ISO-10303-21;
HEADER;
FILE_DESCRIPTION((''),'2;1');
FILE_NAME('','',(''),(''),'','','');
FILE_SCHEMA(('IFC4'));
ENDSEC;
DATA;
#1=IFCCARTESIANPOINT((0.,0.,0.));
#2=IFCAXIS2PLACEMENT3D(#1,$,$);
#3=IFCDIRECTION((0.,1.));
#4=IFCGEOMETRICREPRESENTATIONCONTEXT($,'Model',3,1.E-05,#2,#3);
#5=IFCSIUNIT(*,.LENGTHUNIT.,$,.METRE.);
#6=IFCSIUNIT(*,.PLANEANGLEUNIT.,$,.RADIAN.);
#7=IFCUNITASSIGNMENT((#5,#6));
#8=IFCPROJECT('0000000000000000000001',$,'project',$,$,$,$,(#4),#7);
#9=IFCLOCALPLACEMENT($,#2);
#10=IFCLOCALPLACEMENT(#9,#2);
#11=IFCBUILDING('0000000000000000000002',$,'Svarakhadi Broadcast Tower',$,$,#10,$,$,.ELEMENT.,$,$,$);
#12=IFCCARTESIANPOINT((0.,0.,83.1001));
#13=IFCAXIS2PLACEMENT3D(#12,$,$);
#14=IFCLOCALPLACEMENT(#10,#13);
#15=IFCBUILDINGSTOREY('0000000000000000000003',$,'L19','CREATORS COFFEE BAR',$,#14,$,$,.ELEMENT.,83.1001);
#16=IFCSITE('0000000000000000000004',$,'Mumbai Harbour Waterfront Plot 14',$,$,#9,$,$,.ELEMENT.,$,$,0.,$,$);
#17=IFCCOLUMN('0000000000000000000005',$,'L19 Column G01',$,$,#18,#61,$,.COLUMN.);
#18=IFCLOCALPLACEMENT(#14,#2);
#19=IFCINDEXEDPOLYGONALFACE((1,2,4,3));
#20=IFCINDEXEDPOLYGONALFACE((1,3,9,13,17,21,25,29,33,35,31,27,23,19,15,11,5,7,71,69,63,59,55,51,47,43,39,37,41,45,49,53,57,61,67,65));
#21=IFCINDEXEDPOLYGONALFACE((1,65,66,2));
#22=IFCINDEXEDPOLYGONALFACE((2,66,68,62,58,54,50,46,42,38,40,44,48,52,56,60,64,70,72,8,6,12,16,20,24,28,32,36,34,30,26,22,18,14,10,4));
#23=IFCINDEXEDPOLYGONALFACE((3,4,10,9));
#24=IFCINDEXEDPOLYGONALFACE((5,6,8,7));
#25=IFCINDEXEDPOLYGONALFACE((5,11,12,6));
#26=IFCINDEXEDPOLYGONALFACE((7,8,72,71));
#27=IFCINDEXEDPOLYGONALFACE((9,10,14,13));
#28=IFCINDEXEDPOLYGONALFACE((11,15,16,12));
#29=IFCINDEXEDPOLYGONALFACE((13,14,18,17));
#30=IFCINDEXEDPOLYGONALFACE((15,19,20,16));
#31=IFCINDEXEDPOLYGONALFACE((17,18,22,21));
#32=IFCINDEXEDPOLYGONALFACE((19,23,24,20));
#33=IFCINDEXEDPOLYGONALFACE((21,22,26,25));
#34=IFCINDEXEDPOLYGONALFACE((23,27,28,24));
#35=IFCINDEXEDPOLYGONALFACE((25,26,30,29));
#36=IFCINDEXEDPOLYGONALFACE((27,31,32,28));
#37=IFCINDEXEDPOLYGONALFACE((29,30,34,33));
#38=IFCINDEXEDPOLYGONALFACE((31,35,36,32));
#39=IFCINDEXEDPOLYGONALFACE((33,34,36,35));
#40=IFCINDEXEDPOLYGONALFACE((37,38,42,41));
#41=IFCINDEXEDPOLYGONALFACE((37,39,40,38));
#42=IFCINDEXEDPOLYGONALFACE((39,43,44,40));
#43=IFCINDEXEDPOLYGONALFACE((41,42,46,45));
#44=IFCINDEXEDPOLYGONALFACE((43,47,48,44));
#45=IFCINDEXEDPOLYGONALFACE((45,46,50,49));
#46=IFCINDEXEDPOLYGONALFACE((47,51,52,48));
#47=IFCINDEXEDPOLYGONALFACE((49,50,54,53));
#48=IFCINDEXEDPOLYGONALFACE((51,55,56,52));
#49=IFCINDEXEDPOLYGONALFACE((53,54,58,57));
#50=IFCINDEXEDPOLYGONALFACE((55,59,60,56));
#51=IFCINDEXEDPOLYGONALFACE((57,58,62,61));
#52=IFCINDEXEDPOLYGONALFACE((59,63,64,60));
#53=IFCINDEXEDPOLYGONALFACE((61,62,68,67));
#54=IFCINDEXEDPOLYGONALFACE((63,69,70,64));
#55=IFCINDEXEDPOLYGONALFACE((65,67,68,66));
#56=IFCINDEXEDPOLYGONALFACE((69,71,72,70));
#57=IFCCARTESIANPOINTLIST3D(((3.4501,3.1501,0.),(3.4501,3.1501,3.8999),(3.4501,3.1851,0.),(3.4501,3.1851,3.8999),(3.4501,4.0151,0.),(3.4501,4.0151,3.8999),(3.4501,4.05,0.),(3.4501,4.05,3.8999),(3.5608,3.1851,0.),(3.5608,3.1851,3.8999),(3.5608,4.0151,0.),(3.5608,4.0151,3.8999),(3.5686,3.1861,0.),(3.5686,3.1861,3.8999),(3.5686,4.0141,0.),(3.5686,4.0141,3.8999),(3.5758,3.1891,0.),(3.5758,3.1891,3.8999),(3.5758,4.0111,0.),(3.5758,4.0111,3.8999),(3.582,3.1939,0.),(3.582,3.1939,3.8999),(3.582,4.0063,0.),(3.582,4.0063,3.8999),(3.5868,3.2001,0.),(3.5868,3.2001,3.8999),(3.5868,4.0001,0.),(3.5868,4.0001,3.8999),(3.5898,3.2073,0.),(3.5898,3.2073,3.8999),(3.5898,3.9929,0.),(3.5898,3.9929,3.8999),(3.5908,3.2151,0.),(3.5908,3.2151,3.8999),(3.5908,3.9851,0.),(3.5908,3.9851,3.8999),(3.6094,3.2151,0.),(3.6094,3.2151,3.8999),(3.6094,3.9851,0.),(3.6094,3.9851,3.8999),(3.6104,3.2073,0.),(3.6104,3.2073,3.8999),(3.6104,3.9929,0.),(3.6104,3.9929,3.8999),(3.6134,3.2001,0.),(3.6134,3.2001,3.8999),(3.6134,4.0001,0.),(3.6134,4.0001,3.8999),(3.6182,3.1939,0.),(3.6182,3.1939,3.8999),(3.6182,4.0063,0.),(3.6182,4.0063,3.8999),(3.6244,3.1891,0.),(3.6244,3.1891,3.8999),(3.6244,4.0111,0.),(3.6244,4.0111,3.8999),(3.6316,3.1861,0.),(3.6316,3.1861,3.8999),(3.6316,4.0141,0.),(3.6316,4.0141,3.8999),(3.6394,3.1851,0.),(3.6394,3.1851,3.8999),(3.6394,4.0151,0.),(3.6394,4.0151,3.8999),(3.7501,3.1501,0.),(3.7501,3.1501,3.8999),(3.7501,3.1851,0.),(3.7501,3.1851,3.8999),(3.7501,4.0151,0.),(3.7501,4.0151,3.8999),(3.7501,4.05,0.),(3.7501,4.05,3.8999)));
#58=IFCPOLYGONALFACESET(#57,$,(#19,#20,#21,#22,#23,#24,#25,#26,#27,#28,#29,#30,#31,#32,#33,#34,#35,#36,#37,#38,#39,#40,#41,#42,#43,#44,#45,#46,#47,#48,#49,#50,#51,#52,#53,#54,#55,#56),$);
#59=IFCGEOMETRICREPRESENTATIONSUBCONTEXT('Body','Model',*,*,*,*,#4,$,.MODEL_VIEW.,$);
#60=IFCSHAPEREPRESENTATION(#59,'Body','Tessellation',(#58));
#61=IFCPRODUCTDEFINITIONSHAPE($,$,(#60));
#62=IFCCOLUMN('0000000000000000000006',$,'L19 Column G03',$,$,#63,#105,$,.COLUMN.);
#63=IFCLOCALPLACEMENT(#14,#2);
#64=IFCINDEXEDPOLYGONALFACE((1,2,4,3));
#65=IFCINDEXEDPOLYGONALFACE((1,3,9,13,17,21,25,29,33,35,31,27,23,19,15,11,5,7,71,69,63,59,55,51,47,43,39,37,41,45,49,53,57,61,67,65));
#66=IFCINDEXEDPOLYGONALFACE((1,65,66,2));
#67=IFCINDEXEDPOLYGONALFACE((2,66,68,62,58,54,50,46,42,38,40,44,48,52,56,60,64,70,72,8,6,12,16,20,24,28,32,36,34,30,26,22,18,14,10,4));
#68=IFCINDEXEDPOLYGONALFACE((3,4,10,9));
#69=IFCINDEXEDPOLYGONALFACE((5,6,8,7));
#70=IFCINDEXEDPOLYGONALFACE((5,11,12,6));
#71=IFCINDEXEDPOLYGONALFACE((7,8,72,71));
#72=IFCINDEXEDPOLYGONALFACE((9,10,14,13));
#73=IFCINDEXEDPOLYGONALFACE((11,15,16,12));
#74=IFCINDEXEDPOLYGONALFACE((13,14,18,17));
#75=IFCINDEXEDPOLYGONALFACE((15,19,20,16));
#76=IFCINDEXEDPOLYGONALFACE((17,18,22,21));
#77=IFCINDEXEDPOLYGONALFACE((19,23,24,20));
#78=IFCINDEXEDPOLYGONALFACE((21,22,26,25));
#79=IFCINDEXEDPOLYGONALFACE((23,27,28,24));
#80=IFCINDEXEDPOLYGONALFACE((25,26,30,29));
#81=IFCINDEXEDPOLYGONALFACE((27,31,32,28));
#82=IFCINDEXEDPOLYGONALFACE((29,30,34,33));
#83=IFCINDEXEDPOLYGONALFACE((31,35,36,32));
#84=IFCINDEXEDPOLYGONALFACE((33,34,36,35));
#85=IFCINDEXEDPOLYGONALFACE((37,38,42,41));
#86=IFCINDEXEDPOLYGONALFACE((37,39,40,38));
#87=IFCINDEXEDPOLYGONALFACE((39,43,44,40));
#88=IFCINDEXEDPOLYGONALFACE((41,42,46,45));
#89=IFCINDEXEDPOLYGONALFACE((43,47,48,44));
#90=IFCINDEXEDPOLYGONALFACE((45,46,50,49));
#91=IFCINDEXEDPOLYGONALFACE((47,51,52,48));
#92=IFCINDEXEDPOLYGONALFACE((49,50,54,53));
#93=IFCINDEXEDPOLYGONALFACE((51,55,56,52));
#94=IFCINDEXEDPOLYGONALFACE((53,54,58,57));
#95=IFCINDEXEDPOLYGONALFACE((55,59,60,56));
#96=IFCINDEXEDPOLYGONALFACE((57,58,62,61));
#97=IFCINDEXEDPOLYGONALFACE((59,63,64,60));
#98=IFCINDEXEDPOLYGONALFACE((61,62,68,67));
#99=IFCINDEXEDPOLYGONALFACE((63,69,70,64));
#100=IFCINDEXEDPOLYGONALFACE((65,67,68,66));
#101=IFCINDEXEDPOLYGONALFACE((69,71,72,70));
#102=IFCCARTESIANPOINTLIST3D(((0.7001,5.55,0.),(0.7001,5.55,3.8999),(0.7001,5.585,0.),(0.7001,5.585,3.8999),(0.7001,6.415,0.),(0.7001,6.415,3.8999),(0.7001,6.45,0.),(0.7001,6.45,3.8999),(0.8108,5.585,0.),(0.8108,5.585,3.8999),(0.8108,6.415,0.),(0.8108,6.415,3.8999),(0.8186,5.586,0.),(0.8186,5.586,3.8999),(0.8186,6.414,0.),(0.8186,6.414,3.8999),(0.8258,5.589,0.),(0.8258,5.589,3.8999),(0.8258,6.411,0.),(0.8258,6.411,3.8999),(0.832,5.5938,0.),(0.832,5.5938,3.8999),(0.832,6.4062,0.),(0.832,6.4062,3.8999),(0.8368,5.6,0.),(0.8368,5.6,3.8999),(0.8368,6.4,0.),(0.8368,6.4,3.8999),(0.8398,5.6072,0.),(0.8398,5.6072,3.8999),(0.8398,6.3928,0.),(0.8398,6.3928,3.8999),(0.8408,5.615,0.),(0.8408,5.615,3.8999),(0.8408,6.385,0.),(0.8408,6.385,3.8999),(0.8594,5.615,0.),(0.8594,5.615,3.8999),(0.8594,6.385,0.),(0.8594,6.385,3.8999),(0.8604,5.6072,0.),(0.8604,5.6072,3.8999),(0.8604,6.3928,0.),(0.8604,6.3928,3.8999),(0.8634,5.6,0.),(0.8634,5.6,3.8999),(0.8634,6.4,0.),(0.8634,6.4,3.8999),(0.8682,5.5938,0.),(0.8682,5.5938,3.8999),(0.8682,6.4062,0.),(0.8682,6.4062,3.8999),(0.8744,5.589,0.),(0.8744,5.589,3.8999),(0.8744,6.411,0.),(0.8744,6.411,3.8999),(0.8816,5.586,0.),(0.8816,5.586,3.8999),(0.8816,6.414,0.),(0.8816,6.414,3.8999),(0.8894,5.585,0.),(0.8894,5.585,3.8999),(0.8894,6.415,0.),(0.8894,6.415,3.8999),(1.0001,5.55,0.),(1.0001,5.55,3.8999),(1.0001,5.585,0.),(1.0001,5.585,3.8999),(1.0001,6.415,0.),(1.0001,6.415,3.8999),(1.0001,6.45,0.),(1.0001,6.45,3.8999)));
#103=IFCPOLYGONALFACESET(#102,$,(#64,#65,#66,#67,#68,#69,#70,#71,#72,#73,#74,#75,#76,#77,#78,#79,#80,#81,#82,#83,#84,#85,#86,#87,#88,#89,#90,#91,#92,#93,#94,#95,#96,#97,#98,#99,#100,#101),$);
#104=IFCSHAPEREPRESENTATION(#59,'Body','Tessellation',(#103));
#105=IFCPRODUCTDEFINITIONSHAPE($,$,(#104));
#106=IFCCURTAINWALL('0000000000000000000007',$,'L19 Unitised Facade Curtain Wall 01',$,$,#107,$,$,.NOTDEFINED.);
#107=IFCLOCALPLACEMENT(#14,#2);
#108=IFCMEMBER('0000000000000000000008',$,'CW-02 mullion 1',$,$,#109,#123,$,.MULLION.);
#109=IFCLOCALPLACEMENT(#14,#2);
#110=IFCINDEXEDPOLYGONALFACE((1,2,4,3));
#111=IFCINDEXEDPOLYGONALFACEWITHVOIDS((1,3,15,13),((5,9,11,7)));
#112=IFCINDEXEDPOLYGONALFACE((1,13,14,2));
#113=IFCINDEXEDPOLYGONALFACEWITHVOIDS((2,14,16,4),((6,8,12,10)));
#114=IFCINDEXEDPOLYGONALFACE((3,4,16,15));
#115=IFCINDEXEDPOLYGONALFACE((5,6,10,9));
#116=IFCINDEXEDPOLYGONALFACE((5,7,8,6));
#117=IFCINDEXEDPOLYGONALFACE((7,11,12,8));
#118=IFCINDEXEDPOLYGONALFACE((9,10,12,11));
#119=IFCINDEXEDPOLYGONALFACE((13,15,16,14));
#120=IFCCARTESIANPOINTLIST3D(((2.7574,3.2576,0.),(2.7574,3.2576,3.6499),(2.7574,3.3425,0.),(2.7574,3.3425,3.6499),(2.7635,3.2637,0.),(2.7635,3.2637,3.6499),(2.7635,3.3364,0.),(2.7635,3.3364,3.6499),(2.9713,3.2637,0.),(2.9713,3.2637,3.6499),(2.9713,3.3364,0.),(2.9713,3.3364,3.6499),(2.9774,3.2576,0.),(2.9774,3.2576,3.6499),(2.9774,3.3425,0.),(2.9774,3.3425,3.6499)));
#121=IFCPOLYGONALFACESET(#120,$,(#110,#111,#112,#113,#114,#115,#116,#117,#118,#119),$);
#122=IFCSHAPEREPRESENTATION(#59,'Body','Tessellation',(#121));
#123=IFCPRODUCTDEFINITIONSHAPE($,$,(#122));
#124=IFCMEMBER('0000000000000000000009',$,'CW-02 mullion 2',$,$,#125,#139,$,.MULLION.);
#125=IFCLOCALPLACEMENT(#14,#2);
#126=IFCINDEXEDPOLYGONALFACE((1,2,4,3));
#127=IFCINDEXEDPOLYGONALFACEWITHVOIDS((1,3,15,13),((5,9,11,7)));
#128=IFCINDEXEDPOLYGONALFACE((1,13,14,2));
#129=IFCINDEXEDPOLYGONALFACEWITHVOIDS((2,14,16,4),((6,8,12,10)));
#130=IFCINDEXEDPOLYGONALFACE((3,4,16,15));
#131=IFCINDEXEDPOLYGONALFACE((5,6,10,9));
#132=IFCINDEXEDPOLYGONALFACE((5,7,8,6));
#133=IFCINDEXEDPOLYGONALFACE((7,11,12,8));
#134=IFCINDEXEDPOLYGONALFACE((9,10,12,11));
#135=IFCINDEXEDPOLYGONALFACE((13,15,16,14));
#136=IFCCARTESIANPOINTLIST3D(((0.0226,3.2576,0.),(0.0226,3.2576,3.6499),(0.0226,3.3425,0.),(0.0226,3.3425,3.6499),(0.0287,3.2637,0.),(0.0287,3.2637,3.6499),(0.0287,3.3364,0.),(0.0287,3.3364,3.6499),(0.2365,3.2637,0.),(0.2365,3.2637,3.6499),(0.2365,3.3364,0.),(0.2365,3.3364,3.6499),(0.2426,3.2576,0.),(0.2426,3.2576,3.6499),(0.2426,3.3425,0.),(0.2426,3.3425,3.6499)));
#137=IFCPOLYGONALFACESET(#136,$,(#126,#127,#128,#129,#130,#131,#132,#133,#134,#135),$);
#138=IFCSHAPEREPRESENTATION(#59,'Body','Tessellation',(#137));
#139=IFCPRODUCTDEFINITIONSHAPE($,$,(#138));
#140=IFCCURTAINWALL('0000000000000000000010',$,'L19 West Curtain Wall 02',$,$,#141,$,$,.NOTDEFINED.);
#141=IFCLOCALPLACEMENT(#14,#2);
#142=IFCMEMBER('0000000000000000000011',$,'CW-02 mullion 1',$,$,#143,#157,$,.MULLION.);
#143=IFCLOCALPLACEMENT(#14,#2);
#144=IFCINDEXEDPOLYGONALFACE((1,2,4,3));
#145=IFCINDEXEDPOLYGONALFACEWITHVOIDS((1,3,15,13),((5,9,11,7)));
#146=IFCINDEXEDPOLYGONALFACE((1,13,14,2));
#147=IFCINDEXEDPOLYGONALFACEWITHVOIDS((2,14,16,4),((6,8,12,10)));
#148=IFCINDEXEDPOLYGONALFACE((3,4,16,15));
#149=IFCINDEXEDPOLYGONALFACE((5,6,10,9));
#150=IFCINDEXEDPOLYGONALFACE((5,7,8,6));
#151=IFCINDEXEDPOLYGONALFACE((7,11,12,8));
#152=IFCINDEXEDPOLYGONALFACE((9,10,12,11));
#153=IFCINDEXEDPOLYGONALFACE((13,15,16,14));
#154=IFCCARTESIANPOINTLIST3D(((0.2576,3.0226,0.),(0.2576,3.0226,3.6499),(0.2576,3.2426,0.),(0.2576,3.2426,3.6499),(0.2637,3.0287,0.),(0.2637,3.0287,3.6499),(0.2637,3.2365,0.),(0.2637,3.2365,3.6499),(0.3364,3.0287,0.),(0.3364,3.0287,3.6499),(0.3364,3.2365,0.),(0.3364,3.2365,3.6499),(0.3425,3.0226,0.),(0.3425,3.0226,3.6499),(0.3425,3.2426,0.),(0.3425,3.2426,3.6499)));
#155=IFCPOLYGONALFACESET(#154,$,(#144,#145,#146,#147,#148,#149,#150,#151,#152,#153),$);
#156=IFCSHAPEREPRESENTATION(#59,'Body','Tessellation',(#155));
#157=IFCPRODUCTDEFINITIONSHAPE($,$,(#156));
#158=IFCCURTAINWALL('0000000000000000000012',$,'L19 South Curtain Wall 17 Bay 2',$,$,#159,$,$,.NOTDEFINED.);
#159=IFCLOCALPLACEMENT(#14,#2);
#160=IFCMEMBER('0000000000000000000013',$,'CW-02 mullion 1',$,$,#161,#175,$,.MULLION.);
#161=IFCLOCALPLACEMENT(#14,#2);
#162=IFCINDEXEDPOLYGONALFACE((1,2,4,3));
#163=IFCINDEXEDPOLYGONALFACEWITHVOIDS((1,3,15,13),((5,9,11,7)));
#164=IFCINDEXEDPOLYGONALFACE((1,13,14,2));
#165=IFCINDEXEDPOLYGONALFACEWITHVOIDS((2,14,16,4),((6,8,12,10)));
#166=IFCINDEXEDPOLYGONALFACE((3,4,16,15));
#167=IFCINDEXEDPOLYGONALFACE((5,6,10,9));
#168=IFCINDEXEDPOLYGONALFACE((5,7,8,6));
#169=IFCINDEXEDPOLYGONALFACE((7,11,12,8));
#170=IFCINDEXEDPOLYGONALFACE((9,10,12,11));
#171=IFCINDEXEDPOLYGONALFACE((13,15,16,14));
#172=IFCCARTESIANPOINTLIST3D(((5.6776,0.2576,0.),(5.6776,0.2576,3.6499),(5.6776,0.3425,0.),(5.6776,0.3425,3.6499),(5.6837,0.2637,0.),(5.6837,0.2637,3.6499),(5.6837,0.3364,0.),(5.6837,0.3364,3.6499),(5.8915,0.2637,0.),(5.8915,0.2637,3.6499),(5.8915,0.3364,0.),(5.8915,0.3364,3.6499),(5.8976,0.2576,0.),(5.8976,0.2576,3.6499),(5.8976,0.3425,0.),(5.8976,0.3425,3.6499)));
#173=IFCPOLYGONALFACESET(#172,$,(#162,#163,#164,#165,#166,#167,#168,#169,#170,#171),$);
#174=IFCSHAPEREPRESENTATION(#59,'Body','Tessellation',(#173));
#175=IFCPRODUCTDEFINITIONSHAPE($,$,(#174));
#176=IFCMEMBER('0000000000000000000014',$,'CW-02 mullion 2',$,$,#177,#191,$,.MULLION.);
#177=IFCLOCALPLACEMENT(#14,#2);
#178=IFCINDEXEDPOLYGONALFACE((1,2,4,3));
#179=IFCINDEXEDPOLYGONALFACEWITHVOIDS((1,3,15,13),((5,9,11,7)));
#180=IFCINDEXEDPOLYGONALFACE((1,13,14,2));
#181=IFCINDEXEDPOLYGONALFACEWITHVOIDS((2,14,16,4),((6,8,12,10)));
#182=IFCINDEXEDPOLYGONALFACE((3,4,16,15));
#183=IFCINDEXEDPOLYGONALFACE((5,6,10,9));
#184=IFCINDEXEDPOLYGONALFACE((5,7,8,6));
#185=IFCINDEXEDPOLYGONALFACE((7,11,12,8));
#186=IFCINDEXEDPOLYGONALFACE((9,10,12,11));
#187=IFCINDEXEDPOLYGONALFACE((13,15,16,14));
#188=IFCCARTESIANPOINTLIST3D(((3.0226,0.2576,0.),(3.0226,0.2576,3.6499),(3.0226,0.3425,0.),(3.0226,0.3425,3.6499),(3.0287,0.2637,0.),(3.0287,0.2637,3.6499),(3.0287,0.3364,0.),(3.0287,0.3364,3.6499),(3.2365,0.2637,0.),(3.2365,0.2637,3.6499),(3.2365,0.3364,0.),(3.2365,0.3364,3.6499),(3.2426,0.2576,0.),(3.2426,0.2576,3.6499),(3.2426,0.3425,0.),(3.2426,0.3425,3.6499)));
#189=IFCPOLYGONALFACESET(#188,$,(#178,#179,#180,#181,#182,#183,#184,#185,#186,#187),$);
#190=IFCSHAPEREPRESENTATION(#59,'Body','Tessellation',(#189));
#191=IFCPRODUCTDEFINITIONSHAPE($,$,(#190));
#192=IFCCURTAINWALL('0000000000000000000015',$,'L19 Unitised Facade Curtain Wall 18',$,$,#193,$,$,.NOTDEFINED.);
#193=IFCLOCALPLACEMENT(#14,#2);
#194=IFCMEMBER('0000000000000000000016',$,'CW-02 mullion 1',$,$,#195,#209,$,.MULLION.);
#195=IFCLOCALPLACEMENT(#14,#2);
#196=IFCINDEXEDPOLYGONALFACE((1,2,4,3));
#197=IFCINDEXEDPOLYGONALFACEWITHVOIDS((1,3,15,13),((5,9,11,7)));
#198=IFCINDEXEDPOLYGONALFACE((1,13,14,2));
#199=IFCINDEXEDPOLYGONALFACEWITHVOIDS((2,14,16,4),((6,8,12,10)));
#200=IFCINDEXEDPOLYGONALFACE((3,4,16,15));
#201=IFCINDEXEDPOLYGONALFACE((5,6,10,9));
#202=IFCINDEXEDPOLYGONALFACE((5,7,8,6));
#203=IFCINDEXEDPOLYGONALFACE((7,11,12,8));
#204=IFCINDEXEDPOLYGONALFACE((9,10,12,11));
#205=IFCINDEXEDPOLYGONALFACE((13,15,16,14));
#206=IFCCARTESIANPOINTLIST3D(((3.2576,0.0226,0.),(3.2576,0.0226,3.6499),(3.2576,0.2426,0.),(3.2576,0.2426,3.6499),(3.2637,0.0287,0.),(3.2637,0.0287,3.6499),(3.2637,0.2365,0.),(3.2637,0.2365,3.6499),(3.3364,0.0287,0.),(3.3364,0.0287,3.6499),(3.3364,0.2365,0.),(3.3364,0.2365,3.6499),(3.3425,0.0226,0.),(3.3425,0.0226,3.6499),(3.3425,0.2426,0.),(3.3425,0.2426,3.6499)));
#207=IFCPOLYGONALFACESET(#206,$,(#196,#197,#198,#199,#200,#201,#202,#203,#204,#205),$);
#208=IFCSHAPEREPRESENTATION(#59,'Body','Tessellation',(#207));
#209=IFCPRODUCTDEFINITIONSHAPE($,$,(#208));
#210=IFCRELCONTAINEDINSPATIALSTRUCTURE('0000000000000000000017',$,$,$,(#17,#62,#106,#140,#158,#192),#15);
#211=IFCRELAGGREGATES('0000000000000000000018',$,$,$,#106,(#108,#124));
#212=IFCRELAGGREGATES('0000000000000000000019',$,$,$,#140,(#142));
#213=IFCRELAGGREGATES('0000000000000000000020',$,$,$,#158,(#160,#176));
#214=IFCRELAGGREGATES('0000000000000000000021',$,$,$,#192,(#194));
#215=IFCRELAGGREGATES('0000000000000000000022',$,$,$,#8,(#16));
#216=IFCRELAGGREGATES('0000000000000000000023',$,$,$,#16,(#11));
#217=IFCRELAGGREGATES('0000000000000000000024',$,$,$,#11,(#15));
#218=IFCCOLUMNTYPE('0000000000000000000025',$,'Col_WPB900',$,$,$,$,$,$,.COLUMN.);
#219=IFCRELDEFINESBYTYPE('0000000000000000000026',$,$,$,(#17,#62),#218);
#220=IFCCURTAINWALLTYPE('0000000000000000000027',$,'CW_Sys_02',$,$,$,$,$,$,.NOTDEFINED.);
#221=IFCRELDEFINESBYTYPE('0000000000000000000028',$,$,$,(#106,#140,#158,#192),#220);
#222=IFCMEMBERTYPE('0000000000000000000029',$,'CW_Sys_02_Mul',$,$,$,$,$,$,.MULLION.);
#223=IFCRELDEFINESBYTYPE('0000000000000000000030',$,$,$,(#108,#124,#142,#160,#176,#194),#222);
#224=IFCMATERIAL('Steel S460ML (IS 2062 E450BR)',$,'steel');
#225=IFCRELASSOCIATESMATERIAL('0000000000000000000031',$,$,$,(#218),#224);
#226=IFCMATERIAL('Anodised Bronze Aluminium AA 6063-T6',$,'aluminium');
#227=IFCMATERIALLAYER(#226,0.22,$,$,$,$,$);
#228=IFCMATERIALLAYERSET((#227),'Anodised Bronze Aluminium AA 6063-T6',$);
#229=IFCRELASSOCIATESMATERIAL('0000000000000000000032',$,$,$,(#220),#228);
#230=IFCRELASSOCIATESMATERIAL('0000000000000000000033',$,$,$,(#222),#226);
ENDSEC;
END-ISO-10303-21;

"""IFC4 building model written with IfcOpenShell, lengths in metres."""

from ifc_helpers import new_model, si_unit, direction, frame, origin, origin_2d, place, context, subcontext, project, spatial, hollow_rectangle, i_section, extrude, material, layer, layer_set, material_profile, profile_set, type_object, element, aggregate, save


model = new_model("IFC4")

# Units and contexts
model_context = context("Model", 3, precision=1e-05, world=origin(), true_north=direction((0.0, 1.0)))
body_context = subcontext(model_context, "Body", "Model", "MODEL_VIEW")
ifc_project = project(units=[si_unit("LENGTHUNIT", "METRE"), si_unit("PLANEANGLEUNIT", "RADIAN")], contexts=[model_context])

# Site, building, storey
site_placement = place(None, origin())
site = spatial("IfcSite", under=ifc_project, at=site_placement, Name="Mumbai Harbour Waterfront Plot 14", CompositionType="ELEMENT", RefElevation=0.0)
building_placement = place(site_placement, origin())
building = spatial("IfcBuilding", under=site, at=building_placement, Name="Svarakhadi Broadcast Tower", CompositionType="ELEMENT")
storey_placement = place(building_placement, frame((0.0, 0.0, 83.1001)))
storey = spatial("IfcBuildingStorey", under=building, at=storey_placement, Name="L19", Description="CREATORS COFFEE BAR", CompositionType="ELEMENT", Elevation=83.1001)

# Columns
ifc_material_1 = material(Name="Steel S460ML (IS 2062 E450BR)", Category="steel")
ifc_material_profile_1 = material_profile(ifc_material_1, i_section(OverallWidth=0.3, OverallDepth=0.8999, WebThickness=0.0186, FlangeThickness=0.0349, FilletRadius=0.03, at=origin_2d()), Name="WPB 900x300x291")
ifc_profile_set_1 = profile_set([ifc_material_profile_1], Name="Steel S460ML (IS 2062 E450BR)")
column_type = type_object("IfcColumnType", Name="Col_WPB900", PredefinedType="COLUMN", material=ifc_profile_set_1)
for number, where, z_axis, x_axis, name in (
    (1, (3.6001, 3.6001, 0.0), (0.0, 0.0, 1.0), (1.0, 0.0, 0.0), "L19 Column G01"),
    (2, (0.8501, 6.0, 0.0), (0.0, 0.0, 1.0), (1.0, 0.0, 0.0), "L19 Column G03"),
):
    element("IfcColumn", number, at=place(storey_placement, frame(where, z_axis=z_axis, x_axis=x_axis)), inside=storey, type_object=column_type, Name=name, PredefinedType="COLUMN", context=body_context, shape_type="SweptSolid", body=[
        extrude(i_section(OverallWidth=0.3, OverallDepth=0.8999, WebThickness=0.0186, FlangeThickness=0.0349, FilletRadius=0.03, at=origin_2d()), origin(), (0.0, 0.0, 1.0), 3.8999),
    ])

# Curtain wall, members
ifc_material_2 = material(Name="Anodised Bronze Aluminium AA 6063-T6", Category="aluminium")
ifc_layer_1 = layer(ifc_material_2, 0.22)
ifc_layer_set_1 = layer_set([ifc_layer_1], Name="Anodised Bronze Aluminium AA 6063-T6")
curtain_wall_type = type_object("IfcCurtainWallType", Name="CW_Sys_02", PredefinedType="NOTDEFINED", material=ifc_layer_set_1)
curtain_wall_1_placement = place(storey_placement, origin())
curtain_wall_1 = element("IfcCurtainWall", 3, at=curtain_wall_1_placement, inside=storey, type_object=curtain_wall_type, Name="L19 Unitised Facade Curtain Wall 01", PredefinedType="NOTDEFINED")
ifc_material_profile_2 = material_profile(ifc_material_2, hollow_rectangle(XDim=0.085, YDim=0.22, WallThickness=0.0061, at=origin_2d()), Name="ALU MULLION 220x85x6")
ifc_profile_set_2 = profile_set([ifc_material_profile_2], Name="Anodised Bronze Aluminium AA 6063-T6")
member_type_1 = type_object("IfcMemberType", Name="CW_Sys_02_Mul", PredefinedType="MULLION", material=ifc_profile_set_2)
member_1_placement = place(storey_placement, frame((2.8674, 3.3, 0.0), z_axis=(0.0, 0.0, 1.0), x_axis=(0.0, -1.0, 0.0)))
member_1 = element("IfcMember", 4, at=member_1_placement, type_object=member_type_1, Name="CW-02 mullion 1", PredefinedType="MULLION", context=body_context, shape_type="SweptSolid", body=[
    extrude(hollow_rectangle(XDim=0.085, YDim=0.22, WallThickness=0.0061, at=origin_2d()), origin(), (0.0, 0.0, 1.0), 3.6499),
])
member_2_placement = place(storey_placement, frame((0.1326, 3.3, 0.0), z_axis=(0.0, 0.0, 1.0), x_axis=(0.0, -1.0, 0.0)))
member_2 = element("IfcMember", 5, at=member_2_placement, type_object=member_type_1, Name="CW-02 mullion 2", PredefinedType="MULLION", context=body_context, shape_type="SweptSolid", body=[
    extrude(hollow_rectangle(XDim=0.085, YDim=0.22, WallThickness=0.0061, at=origin_2d()), origin(), (0.0, 0.0, 1.0), 3.6499),
])

# Curtain wall, member
curtain_wall_2_placement = place(storey_placement, origin())
curtain_wall_2 = element("IfcCurtainWall", 6, at=curtain_wall_2_placement, inside=storey, type_object=curtain_wall_type, Name="L19 West Curtain Wall 02", PredefinedType="NOTDEFINED")
member_3_placement = place(storey_placement, frame((0.3, 3.1326, 0.0), z_axis=(0.0, 0.0, 1.0), x_axis=(-1.0, 0.0, 0.0)))
member_3 = element("IfcMember", 7, at=member_3_placement, type_object=member_type_1, Name="CW-02 mullion 1", PredefinedType="MULLION", context=body_context, shape_type="SweptSolid", body=[
    extrude(hollow_rectangle(XDim=0.085, YDim=0.22, WallThickness=0.0061, at=origin_2d()), origin(), (0.0, 0.0, 1.0), 3.6499),
])

# Curtain walls, members
curtain_wall_3_placement = place(storey_placement, origin())
curtain_wall_3 = element("IfcCurtainWall", 8, at=curtain_wall_3_placement, inside=storey, type_object=curtain_wall_type, Name="L19 South Curtain Wall 17 Bay 2", PredefinedType="NOTDEFINED")
member_4_placement = place(storey_placement, frame((5.7876, 0.3, 0.0), z_axis=(0.0, 0.0, 1.0), x_axis=(0.0, -1.0, 0.0)))
member_4 = element("IfcMember", 9, at=member_4_placement, type_object=member_type_1, Name="CW-02 mullion 1", PredefinedType="MULLION", context=body_context, shape_type="SweptSolid", body=[
    extrude(hollow_rectangle(XDim=0.085, YDim=0.22, WallThickness=0.0061, at=origin_2d()), origin(), (0.0, 0.0, 1.0), 3.6499),
])
member_5_placement = place(storey_placement, frame((3.1326, 0.3, 0.0), z_axis=(0.0, 0.0, 1.0), x_axis=(0.0, -1.0, 0.0)))
member_5 = element("IfcMember", 10, at=member_5_placement, type_object=member_type_1, Name="CW-02 mullion 2", PredefinedType="MULLION", context=body_context, shape_type="SweptSolid", body=[
    extrude(hollow_rectangle(XDim=0.085, YDim=0.22, WallThickness=0.0061, at=origin_2d()), origin(), (0.0, 0.0, 1.0), 3.6499),
])
curtain_wall_4_placement = place(storey_placement, origin())
curtain_wall_4 = element("IfcCurtainWall", 11, at=curtain_wall_4_placement, inside=storey, type_object=curtain_wall_type, Name="L19 Unitised Facade Curtain Wall 18", PredefinedType="NOTDEFINED")
member_6_placement = place(storey_placement, frame((3.3, 0.1326, 0.0), z_axis=(0.0, 0.0, 1.0), x_axis=(-1.0, 0.0, 0.0)))
member_6 = element("IfcMember", 12, at=member_6_placement, type_object=member_type_1, Name="CW-02 mullion 1", PredefinedType="MULLION", context=body_context, shape_type="SweptSolid", body=[
    extrude(hollow_rectangle(XDim=0.085, YDim=0.22, WallThickness=0.0061, at=origin_2d()), origin(), (0.0, 0.0, 1.0), 3.6499),
])

aggregate(curtain_wall_1, [member_1, member_2])
aggregate(curtain_wall_2, [member_3])
aggregate(curtain_wall_3, [member_4, member_5])
aggregate(curtain_wall_4, [member_6])

save(model, "model.ifc")
